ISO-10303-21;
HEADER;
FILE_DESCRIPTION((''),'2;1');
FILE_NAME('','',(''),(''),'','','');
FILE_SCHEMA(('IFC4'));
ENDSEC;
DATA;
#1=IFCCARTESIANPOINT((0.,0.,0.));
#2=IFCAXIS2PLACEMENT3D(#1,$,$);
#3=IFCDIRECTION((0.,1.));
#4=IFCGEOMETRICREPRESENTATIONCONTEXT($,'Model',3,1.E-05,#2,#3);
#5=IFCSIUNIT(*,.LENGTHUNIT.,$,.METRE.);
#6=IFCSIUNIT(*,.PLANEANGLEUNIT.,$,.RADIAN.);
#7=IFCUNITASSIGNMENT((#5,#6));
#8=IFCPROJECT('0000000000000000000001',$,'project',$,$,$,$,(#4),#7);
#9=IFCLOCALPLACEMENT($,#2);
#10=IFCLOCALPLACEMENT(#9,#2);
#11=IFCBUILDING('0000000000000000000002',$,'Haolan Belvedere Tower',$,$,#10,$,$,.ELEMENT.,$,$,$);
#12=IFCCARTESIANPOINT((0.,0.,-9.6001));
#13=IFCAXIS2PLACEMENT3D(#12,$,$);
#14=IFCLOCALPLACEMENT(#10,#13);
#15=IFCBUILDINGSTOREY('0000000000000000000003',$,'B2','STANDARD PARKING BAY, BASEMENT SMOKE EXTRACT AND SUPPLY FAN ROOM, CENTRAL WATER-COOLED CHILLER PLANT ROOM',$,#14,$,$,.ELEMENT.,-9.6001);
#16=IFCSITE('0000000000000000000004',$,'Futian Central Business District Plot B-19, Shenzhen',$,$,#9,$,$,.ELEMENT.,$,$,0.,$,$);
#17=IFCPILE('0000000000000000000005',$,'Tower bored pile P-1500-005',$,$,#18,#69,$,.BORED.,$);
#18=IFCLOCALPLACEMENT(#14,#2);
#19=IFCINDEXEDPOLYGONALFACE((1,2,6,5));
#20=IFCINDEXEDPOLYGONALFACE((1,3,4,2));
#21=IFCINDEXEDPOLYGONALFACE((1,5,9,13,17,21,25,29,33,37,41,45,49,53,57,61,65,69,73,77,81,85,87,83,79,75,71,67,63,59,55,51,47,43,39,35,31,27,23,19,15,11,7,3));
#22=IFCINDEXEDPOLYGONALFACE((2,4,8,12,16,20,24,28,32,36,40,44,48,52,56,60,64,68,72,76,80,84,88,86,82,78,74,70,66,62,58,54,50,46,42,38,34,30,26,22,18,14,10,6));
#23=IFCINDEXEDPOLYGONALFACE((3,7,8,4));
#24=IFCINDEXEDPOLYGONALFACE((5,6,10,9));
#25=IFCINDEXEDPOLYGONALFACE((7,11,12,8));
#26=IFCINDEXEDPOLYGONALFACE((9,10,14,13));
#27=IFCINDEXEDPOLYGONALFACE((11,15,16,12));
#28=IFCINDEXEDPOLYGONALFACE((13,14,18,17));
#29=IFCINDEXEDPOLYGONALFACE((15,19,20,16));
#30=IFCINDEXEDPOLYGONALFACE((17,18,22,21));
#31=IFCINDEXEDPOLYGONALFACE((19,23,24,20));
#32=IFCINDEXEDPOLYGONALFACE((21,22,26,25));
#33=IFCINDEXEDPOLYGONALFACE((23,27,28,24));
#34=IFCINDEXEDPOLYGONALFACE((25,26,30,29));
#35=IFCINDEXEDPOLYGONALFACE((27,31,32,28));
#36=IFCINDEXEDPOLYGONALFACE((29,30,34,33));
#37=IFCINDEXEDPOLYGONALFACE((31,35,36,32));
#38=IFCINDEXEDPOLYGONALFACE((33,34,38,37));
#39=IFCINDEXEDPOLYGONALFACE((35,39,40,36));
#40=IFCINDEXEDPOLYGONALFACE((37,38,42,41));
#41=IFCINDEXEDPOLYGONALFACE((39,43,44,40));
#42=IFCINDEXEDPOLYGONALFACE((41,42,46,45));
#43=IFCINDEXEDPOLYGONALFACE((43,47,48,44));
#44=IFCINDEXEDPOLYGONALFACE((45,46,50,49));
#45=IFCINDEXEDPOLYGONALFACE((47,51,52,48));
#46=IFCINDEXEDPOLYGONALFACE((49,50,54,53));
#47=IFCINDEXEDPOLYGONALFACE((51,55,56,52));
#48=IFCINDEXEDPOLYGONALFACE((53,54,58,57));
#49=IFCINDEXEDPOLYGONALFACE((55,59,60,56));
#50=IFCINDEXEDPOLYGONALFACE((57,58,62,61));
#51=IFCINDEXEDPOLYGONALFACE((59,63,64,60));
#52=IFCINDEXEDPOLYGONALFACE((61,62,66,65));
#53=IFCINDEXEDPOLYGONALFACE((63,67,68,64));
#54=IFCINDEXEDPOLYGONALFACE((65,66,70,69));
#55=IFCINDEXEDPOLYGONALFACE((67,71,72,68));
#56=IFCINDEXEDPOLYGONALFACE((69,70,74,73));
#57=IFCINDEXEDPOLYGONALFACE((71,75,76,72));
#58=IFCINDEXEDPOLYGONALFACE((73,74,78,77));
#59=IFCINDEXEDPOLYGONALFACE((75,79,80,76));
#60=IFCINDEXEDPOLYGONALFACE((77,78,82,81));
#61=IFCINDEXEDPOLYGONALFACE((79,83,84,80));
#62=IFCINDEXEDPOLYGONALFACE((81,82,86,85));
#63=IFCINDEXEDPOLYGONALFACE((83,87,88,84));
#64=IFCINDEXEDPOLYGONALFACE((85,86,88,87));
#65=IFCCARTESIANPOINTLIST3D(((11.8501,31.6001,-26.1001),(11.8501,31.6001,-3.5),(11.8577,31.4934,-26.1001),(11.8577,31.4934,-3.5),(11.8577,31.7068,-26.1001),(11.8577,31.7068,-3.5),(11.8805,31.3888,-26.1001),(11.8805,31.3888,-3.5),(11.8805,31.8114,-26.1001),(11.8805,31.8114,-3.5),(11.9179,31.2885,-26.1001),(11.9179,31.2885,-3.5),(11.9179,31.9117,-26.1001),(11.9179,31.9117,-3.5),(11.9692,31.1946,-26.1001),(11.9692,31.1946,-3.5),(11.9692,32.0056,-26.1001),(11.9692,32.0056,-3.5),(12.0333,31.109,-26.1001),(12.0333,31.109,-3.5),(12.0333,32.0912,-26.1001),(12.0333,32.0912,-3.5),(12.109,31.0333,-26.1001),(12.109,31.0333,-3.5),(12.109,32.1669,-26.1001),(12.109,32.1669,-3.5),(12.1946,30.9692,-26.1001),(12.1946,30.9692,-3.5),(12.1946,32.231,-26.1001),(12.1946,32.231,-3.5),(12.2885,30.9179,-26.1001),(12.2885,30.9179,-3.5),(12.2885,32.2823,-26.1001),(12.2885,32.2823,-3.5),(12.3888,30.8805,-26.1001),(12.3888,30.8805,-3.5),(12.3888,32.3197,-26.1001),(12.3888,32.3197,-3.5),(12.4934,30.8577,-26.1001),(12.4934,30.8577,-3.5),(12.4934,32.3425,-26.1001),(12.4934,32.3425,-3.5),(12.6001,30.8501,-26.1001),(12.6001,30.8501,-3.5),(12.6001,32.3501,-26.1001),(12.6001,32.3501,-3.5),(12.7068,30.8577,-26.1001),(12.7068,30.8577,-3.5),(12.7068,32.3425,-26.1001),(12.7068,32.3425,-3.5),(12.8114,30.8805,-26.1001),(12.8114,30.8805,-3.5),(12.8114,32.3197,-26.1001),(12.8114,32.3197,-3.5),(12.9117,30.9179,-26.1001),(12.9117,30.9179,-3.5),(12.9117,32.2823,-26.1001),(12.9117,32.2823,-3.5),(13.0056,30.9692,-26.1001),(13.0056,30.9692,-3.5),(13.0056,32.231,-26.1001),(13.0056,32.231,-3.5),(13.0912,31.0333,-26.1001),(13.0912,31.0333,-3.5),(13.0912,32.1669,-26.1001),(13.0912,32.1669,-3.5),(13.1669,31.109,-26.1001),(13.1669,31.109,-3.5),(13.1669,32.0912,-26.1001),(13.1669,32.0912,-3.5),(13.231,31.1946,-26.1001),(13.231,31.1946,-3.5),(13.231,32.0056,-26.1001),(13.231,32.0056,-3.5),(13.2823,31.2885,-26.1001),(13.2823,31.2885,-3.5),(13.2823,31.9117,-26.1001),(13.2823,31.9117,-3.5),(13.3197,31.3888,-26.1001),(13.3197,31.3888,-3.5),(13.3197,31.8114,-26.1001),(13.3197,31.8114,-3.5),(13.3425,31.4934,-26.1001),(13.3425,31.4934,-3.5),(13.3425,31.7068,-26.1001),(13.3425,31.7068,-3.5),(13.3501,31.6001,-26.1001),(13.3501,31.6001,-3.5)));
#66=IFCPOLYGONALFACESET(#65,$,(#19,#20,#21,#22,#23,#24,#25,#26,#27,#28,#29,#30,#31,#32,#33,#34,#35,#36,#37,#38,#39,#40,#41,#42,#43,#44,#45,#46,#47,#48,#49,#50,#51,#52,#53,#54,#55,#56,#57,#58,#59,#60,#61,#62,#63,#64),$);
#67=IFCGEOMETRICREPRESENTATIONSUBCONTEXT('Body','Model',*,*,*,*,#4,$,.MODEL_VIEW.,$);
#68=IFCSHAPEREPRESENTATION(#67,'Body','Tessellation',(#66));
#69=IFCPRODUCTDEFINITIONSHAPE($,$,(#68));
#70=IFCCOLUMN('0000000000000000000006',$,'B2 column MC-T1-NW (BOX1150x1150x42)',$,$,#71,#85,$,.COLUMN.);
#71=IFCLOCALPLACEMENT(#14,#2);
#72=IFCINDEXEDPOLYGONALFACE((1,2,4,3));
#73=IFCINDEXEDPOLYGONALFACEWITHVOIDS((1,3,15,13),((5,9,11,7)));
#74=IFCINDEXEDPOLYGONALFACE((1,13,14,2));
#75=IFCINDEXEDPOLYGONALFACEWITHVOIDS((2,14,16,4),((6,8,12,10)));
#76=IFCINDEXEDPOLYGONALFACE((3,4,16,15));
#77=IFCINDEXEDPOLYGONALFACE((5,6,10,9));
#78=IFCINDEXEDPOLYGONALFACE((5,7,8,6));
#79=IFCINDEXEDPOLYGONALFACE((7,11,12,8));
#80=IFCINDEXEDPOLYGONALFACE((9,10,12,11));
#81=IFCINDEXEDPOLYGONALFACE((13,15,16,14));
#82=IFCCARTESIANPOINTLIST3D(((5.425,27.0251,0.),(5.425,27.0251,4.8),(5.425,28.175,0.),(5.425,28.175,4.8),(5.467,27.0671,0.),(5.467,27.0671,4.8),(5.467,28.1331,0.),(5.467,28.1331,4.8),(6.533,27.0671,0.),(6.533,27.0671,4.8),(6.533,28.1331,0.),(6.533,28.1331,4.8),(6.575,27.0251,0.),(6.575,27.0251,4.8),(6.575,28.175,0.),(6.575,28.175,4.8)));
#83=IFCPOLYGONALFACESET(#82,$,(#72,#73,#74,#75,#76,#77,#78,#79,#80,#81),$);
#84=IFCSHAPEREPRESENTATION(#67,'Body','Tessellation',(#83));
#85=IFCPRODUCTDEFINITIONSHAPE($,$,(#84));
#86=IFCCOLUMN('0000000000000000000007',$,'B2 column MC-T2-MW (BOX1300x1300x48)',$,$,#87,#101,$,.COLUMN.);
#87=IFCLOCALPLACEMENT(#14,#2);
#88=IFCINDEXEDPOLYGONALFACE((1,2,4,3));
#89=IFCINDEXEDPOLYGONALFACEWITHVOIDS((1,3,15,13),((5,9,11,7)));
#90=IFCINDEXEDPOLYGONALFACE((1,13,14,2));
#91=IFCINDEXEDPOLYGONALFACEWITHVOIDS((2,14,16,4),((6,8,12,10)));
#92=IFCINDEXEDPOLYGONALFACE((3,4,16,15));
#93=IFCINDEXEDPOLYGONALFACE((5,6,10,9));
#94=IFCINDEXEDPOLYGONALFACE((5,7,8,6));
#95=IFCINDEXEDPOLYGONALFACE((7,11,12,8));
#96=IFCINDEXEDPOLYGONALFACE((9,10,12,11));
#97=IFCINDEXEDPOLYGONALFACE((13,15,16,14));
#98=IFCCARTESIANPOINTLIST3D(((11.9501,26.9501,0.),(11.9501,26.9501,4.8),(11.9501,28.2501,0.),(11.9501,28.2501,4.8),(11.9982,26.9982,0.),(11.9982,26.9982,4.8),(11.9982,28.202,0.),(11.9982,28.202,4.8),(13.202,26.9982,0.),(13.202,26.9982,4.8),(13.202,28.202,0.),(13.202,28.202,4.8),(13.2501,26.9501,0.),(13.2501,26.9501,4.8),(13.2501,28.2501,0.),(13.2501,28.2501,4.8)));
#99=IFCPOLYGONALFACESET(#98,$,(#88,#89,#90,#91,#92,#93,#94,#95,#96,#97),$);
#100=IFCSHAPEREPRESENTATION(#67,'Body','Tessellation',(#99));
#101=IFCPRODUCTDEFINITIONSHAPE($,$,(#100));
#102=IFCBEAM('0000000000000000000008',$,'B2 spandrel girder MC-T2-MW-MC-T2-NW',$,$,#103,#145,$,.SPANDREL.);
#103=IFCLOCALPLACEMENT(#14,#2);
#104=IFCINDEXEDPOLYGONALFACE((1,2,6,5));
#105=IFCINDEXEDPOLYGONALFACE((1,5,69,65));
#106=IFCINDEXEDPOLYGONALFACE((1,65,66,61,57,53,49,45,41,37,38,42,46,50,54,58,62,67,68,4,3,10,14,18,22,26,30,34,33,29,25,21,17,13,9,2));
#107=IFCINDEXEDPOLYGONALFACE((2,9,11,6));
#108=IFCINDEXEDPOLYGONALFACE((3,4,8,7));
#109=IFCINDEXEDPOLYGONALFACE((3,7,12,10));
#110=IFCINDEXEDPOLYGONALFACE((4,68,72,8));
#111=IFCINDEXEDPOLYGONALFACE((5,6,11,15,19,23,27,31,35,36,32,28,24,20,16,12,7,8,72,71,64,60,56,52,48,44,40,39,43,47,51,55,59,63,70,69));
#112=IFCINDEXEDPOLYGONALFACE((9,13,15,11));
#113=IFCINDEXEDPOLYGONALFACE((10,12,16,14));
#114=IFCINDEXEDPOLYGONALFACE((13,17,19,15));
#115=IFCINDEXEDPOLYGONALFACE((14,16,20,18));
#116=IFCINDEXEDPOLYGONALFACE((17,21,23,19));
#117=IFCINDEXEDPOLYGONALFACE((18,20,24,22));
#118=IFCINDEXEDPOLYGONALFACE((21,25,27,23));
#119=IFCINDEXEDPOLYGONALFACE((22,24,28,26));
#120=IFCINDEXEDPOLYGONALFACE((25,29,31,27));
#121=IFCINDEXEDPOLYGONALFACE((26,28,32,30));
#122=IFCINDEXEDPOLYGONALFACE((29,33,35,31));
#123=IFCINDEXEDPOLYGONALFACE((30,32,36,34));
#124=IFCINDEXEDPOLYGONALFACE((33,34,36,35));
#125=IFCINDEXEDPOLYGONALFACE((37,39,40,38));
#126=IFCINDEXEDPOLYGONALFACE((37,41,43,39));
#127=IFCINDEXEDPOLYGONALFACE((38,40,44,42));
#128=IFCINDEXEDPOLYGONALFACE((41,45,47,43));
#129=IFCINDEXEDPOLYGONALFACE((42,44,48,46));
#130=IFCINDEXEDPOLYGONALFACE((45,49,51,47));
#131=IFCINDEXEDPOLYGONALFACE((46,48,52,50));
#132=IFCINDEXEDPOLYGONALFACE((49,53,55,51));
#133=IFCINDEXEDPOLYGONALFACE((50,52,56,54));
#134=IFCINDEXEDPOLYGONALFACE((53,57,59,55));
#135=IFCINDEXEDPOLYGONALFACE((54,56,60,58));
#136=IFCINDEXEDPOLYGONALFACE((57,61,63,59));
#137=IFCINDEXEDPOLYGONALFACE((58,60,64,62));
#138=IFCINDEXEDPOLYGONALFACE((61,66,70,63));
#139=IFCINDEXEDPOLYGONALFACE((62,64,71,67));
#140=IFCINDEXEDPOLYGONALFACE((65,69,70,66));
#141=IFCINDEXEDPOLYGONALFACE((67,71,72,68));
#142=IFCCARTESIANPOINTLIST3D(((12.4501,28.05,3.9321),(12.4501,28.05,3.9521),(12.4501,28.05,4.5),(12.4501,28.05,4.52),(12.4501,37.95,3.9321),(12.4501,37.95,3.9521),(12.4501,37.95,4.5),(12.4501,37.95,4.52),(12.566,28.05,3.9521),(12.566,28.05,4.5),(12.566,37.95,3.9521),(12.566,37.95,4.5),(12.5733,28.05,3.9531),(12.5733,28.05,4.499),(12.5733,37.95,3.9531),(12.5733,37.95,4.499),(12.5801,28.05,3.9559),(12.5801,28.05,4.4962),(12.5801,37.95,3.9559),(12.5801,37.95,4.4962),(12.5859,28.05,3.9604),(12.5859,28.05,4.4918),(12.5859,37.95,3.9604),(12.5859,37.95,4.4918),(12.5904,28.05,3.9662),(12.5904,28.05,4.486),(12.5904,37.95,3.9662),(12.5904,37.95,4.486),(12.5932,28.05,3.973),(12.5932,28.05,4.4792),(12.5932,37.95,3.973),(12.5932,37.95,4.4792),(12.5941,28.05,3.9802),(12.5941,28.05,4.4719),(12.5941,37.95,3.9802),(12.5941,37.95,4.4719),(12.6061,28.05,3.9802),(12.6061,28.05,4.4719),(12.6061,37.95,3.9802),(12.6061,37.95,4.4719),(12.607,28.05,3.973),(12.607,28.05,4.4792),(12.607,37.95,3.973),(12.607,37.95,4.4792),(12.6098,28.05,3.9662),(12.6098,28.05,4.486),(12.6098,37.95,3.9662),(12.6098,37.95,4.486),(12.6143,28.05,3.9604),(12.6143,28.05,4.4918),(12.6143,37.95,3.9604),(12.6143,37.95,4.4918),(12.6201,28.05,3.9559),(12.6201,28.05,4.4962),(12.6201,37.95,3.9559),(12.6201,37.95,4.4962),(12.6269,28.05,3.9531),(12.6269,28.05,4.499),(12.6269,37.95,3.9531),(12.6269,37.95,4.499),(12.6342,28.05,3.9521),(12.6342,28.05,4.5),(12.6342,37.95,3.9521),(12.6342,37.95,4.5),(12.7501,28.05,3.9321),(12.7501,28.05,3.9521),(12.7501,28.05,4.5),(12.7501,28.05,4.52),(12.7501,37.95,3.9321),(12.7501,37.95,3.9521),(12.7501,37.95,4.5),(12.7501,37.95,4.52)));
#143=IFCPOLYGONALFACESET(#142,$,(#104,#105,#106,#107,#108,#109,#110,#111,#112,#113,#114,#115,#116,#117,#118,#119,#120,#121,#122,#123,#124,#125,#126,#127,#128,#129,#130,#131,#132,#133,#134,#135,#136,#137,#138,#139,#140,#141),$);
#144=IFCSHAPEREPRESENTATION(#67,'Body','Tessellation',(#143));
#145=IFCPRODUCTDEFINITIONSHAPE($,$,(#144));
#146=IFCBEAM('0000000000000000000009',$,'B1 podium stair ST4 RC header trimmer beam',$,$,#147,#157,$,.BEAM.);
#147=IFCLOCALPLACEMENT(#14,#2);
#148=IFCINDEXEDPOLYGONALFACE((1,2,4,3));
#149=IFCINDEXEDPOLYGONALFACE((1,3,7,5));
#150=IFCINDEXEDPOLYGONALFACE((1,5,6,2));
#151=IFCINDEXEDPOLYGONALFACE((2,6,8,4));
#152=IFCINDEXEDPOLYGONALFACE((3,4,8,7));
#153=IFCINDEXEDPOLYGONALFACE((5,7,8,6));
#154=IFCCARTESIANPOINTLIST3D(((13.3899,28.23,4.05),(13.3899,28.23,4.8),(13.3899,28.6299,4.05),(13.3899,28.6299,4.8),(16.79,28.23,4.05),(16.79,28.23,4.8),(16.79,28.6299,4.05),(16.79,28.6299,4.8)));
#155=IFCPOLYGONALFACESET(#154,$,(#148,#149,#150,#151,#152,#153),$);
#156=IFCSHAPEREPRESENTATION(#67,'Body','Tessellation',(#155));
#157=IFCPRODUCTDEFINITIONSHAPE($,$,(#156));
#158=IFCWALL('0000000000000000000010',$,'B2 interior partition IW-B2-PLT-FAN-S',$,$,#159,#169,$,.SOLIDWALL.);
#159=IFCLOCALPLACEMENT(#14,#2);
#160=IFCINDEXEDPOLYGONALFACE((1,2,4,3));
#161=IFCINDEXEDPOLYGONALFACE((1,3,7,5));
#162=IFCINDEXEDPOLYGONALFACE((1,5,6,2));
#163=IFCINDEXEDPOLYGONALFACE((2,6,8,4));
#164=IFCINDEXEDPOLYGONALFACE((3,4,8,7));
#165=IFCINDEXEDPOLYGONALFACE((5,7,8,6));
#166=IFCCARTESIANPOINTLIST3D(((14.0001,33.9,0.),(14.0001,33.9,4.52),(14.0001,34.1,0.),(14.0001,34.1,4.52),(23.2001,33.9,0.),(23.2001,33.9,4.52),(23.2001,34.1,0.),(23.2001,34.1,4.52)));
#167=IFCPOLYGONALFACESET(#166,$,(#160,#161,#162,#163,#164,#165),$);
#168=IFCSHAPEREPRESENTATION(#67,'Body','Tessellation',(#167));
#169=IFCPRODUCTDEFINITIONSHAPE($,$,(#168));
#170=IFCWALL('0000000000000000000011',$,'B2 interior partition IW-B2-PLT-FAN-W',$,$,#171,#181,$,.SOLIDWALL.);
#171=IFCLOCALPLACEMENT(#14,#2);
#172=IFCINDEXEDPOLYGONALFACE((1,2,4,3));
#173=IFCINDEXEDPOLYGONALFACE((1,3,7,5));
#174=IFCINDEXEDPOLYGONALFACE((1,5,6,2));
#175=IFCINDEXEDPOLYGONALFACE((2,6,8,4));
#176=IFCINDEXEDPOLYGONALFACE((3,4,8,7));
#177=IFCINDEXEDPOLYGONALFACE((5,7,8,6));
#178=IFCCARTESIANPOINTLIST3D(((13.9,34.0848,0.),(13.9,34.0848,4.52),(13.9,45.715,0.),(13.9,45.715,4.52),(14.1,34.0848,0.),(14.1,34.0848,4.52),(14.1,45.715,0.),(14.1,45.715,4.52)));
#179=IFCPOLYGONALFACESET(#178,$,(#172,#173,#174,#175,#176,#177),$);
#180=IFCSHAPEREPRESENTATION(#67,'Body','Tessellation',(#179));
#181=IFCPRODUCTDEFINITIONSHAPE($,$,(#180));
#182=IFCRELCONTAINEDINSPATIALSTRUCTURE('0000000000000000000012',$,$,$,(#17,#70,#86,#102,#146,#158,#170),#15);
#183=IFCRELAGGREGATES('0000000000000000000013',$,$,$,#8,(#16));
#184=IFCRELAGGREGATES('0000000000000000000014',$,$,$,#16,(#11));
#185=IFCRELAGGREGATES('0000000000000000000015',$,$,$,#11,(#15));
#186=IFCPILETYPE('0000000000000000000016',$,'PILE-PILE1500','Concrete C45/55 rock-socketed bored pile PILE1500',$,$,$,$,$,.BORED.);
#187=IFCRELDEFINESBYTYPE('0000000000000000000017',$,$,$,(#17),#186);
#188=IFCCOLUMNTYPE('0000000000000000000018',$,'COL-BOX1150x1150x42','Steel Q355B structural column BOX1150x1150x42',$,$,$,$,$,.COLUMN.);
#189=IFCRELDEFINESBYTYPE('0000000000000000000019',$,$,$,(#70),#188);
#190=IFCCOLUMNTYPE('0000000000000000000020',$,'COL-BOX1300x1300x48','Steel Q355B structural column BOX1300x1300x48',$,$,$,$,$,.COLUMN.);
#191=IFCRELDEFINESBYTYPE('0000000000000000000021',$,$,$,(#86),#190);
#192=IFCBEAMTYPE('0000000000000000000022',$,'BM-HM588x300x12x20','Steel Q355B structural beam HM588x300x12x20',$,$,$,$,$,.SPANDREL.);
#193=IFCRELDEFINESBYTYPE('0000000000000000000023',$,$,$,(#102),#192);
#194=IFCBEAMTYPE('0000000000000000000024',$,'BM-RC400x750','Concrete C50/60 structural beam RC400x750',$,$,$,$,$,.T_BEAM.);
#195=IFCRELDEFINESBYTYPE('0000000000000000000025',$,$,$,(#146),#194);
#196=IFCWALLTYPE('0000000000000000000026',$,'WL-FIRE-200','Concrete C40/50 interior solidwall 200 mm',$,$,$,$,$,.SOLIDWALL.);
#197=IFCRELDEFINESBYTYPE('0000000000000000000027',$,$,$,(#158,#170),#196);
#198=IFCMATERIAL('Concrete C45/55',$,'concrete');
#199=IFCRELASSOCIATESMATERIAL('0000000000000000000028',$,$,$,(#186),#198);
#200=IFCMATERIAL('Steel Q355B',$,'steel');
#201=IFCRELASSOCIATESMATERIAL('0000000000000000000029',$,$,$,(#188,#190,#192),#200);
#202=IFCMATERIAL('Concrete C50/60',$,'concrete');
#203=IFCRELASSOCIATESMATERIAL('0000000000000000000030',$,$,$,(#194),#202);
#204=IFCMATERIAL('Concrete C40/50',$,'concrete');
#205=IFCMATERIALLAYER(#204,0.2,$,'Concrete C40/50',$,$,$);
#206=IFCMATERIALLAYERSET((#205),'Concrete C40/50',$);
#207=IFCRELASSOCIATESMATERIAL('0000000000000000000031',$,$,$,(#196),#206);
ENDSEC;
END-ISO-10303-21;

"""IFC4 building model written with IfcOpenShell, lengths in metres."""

from ifc_helpers import new_model, si_unit, direction, frame, frame_2d, origin, origin_2d, place, context, subcontext, project, spatial, rectangle, hollow_rectangle, circle, i_section, extrude, material, layer, layer_set, material_profile, profile_set, type_object, element, save


model = new_model("IFC4")

# Units and contexts
model_context = context("Model", 3, precision=1e-05, world=origin(), true_north=direction((0.0, 1.0)))
body_context = subcontext(model_context, "Body", "Model", "MODEL_VIEW")
ifc_project = project(units=[si_unit("LENGTHUNIT", "METRE"), si_unit("PLANEANGLEUNIT", "RADIAN")], contexts=[model_context])

# Site, building, storey
site_placement = place(None, origin())
site = spatial("IfcSite", under=ifc_project, at=site_placement, Name="Futian Central Business District Plot B-19, Shenzhen", CompositionType="ELEMENT", RefElevation=0.0)
building_placement = place(site_placement, origin())
building = spatial("IfcBuilding", under=site, at=building_placement, Name="Haolan Belvedere Tower", CompositionType="ELEMENT")
storey_placement = place(building_placement, frame((0.0, 0.0, -9.6001)))
storey = spatial("IfcBuildingStorey", under=building, at=storey_placement, Name="B2", Description="STANDARD PARKING BAY, BASEMENT SMOKE EXTRACT AND SUPPLY FAN ROOM, CENTRAL WATER-COOLED CHILLER PLANT ROOM", CompositionType="ELEMENT", Elevation=-9.6001)

# Pile
ifc_material_1 = material(Name="Concrete C45/55", Category="concrete")
ifc_material_profile_1 = material_profile(ifc_material_1, circle(Radius=0.75, at=origin_2d()), Name="Concrete C45/55")
ifc_profile_set_1 = profile_set([ifc_material_profile_1], Name="Concrete C45/55")
pile_type_1 = type_object("IfcPileType", Name="PILE-PILE1500", Description="Concrete C45/55 rock-socketed bored pile PILE1500", PredefinedType="BORED", material=ifc_profile_set_1)
for number, where, z_axis, x_axis, name in (
    (1, (12.6001, 31.6001, -3.5), (0.0, 0.0, -1.0), (1.0, 0.0, 0.0), "Tower bored pile P-1500-005"),
):
    element("IfcPile", number, at=place(storey_placement, frame(where, z_axis=z_axis, x_axis=x_axis)), inside=storey, type_object=pile_type_1, Name=name, PredefinedType="BORED", context=body_context, shape_type="SweptSolid", body=[
        extrude(circle(Radius=0.75, at=origin_2d()), origin(), (0.0, 0.0, 1.0), 22.6001),
    ])

# Columns
ifc_material_2 = material(Name="Steel Q355B", Category="steel")
ifc_material_profile_2 = material_profile(ifc_material_2, hollow_rectangle(XDim=1.1499, YDim=1.1499, WallThickness=0.042, at=origin_2d()), Name="Steel Q355B")
ifc_profile_set_2 = profile_set([ifc_material_profile_2], Name="Steel Q355B")
column_type_1 = type_object("IfcColumnType", Name="COL-BOX1150x1150x42", Description="Steel Q355B structural column BOX1150x1150x42", PredefinedType="COLUMN", material=ifc_profile_set_2)
column_1_placement = place(storey_placement, frame((6.0, 27.6001, 0.0), z_axis=(0.0, 0.0, 1.0), x_axis=(1.0, 0.0, 0.0)))
element("IfcColumn", 2, at=column_1_placement, inside=storey, type_object=column_type_1, Name="B2 column MC-T1-NW (BOX1150x1150x42)", PredefinedType="COLUMN", context=body_context, shape_type="SweptSolid", body=[
    extrude(hollow_rectangle(XDim=1.1499, YDim=1.1499, WallThickness=0.042, at=origin_2d()), origin(), (0.0, 0.0, 1.0), 4.8),
])
ifc_material_profile_3 = material_profile(ifc_material_2, hollow_rectangle(XDim=1.3, YDim=1.3, WallThickness=0.0481, at=origin_2d()), Name="Steel Q355B")
ifc_profile_set_3 = profile_set([ifc_material_profile_3], Name="Steel Q355B")
column_type_2 = type_object("IfcColumnType", Name="COL-BOX1300x1300x48", Description="Steel Q355B structural column BOX1300x1300x48", PredefinedType="COLUMN", material=ifc_profile_set_3)
column_2_placement = place(storey_placement, frame((12.6001, 27.6001, 0.0), z_axis=(0.0, 0.0, 1.0), x_axis=(1.0, 0.0, 0.0)))
element("IfcColumn", 3, at=column_2_placement, inside=storey, type_object=column_type_2, Name="B2 column MC-T2-MW (BOX1300x1300x48)", PredefinedType="COLUMN", context=body_context, shape_type="SweptSolid", body=[
    extrude(hollow_rectangle(XDim=1.3, YDim=1.3, WallThickness=0.0481, at=origin_2d()), origin(), (0.0, 0.0, 1.0), 4.8),
])

# Beams
ifc_material_profile_4 = material_profile(ifc_material_2, i_section(OverallWidth=0.3, OverallDepth=0.5879, WebThickness=0.012, FlangeThickness=0.02, FilletRadius=0.0281, at=origin_2d()), Name="Steel Q355B")
ifc_profile_set_4 = profile_set([ifc_material_profile_4], Name="Steel Q355B")
beam_type_1 = type_object("IfcBeamType", Name="BM-HM588x300x12x20", Description="Steel Q355B structural beam HM588x300x12x20", PredefinedType="SPANDREL", material=ifc_profile_set_4)
beam_1_placement = place(storey_placement, frame((12.6001, 28.05, 4.2261), z_axis=(0.0, 1.0, 0.0), x_axis=(-1.0, 0.0, 0.0)))
element("IfcBeam", 4, at=beam_1_placement, inside=storey, type_object=beam_type_1, Name="B2 spandrel girder MC-T2-MW-MC-T2-NW", PredefinedType="SPANDREL", context=body_context, shape_type="SweptSolid", body=[
    extrude(i_section(OverallWidth=0.3, OverallDepth=0.5879, WebThickness=0.012, FlangeThickness=0.02, FilletRadius=0.0281, at=origin_2d()), origin(), (0.0, 0.0, 1.0), 9.8999),
])
ifc_material_3 = material(Name="Concrete C50/60", Category="concrete")
ifc_material_profile_5 = material_profile(ifc_material_3, rectangle(XDim=0.3999, YDim=0.75, at=origin_2d()), Name="Concrete C50/60")
ifc_profile_set_5 = profile_set([ifc_material_profile_5], Name="Concrete C50/60")
beam_type_2 = type_object("IfcBeamType", Name="BM-RC400x750", Description="Concrete C50/60 structural beam RC400x750", PredefinedType="T_BEAM", material=ifc_profile_set_5)
beam_2_placement = place(storey_placement, frame((13.3899, 28.4299, 4.425), z_axis=(1.0, 0.0, 0.0), x_axis=(0.0, 1.0, 0.0)))
element("IfcBeam", 5, at=beam_2_placement, inside=storey, type_object=beam_type_2, Name="B1 podium stair ST4 RC header trimmer beam", PredefinedType="BEAM", context=body_context, shape_type="SweptSolid", body=[
    extrude(rectangle(XDim=0.3999, YDim=0.75, at=origin_2d()), origin(), (0.0, 0.0, 1.0), 3.4001),
])

# Walls
ifc_material_4 = material(Name="Concrete C40/50", Category="concrete")
ifc_layer_1 = layer(ifc_material_4, 0.2, Name="Concrete C40/50")
ifc_layer_set_1 = layer_set([ifc_layer_1], Name="Concrete C40/50")
wall_type_1 = type_object("IfcWallType", Name="WL-FIRE-200", Description="Concrete C40/50 interior solidwall 200 mm", PredefinedType="SOLIDWALL", material=ifc_layer_set_1)
wall_1_placement = place(storey_placement, frame((14.0, 34.0, 0.0), z_axis=(0.0, 0.0, 1.0), x_axis=(1.0, 0.0, 0.0)))
element("IfcWall", 6, at=wall_1_placement, inside=storey, type_object=wall_type_1, Name="B2 interior partition IW-B2-PLT-FAN-S", PredefinedType="SOLIDWALL", context=body_context, shape_type="SweptSolid", body=[
    extrude(rectangle(XDim=9.2, YDim=0.2, at=frame_2d((4.6001, 0.0))), origin(), (0.0, 0.0, 1.0), 4.52),
])
wall_2_placement = place(storey_placement, frame((14.0, 34.085, 0.0), z_axis=(0.0, 0.0, 1.0), x_axis=(0.0, 1.0, 0.0)))
element("IfcWall", 7, at=wall_2_placement, inside=storey, type_object=wall_type_1, Name="B2 interior partition IW-B2-PLT-FAN-W", PredefinedType="SOLIDWALL", context=body_context, shape_type="SweptSolid", body=[
    extrude(rectangle(XDim=11.6301, YDim=0.2, at=frame_2d((5.8149, 0.0))), origin(), (0.0, 0.0, 1.0), 4.52),
])

save(model, "model.ifc")
